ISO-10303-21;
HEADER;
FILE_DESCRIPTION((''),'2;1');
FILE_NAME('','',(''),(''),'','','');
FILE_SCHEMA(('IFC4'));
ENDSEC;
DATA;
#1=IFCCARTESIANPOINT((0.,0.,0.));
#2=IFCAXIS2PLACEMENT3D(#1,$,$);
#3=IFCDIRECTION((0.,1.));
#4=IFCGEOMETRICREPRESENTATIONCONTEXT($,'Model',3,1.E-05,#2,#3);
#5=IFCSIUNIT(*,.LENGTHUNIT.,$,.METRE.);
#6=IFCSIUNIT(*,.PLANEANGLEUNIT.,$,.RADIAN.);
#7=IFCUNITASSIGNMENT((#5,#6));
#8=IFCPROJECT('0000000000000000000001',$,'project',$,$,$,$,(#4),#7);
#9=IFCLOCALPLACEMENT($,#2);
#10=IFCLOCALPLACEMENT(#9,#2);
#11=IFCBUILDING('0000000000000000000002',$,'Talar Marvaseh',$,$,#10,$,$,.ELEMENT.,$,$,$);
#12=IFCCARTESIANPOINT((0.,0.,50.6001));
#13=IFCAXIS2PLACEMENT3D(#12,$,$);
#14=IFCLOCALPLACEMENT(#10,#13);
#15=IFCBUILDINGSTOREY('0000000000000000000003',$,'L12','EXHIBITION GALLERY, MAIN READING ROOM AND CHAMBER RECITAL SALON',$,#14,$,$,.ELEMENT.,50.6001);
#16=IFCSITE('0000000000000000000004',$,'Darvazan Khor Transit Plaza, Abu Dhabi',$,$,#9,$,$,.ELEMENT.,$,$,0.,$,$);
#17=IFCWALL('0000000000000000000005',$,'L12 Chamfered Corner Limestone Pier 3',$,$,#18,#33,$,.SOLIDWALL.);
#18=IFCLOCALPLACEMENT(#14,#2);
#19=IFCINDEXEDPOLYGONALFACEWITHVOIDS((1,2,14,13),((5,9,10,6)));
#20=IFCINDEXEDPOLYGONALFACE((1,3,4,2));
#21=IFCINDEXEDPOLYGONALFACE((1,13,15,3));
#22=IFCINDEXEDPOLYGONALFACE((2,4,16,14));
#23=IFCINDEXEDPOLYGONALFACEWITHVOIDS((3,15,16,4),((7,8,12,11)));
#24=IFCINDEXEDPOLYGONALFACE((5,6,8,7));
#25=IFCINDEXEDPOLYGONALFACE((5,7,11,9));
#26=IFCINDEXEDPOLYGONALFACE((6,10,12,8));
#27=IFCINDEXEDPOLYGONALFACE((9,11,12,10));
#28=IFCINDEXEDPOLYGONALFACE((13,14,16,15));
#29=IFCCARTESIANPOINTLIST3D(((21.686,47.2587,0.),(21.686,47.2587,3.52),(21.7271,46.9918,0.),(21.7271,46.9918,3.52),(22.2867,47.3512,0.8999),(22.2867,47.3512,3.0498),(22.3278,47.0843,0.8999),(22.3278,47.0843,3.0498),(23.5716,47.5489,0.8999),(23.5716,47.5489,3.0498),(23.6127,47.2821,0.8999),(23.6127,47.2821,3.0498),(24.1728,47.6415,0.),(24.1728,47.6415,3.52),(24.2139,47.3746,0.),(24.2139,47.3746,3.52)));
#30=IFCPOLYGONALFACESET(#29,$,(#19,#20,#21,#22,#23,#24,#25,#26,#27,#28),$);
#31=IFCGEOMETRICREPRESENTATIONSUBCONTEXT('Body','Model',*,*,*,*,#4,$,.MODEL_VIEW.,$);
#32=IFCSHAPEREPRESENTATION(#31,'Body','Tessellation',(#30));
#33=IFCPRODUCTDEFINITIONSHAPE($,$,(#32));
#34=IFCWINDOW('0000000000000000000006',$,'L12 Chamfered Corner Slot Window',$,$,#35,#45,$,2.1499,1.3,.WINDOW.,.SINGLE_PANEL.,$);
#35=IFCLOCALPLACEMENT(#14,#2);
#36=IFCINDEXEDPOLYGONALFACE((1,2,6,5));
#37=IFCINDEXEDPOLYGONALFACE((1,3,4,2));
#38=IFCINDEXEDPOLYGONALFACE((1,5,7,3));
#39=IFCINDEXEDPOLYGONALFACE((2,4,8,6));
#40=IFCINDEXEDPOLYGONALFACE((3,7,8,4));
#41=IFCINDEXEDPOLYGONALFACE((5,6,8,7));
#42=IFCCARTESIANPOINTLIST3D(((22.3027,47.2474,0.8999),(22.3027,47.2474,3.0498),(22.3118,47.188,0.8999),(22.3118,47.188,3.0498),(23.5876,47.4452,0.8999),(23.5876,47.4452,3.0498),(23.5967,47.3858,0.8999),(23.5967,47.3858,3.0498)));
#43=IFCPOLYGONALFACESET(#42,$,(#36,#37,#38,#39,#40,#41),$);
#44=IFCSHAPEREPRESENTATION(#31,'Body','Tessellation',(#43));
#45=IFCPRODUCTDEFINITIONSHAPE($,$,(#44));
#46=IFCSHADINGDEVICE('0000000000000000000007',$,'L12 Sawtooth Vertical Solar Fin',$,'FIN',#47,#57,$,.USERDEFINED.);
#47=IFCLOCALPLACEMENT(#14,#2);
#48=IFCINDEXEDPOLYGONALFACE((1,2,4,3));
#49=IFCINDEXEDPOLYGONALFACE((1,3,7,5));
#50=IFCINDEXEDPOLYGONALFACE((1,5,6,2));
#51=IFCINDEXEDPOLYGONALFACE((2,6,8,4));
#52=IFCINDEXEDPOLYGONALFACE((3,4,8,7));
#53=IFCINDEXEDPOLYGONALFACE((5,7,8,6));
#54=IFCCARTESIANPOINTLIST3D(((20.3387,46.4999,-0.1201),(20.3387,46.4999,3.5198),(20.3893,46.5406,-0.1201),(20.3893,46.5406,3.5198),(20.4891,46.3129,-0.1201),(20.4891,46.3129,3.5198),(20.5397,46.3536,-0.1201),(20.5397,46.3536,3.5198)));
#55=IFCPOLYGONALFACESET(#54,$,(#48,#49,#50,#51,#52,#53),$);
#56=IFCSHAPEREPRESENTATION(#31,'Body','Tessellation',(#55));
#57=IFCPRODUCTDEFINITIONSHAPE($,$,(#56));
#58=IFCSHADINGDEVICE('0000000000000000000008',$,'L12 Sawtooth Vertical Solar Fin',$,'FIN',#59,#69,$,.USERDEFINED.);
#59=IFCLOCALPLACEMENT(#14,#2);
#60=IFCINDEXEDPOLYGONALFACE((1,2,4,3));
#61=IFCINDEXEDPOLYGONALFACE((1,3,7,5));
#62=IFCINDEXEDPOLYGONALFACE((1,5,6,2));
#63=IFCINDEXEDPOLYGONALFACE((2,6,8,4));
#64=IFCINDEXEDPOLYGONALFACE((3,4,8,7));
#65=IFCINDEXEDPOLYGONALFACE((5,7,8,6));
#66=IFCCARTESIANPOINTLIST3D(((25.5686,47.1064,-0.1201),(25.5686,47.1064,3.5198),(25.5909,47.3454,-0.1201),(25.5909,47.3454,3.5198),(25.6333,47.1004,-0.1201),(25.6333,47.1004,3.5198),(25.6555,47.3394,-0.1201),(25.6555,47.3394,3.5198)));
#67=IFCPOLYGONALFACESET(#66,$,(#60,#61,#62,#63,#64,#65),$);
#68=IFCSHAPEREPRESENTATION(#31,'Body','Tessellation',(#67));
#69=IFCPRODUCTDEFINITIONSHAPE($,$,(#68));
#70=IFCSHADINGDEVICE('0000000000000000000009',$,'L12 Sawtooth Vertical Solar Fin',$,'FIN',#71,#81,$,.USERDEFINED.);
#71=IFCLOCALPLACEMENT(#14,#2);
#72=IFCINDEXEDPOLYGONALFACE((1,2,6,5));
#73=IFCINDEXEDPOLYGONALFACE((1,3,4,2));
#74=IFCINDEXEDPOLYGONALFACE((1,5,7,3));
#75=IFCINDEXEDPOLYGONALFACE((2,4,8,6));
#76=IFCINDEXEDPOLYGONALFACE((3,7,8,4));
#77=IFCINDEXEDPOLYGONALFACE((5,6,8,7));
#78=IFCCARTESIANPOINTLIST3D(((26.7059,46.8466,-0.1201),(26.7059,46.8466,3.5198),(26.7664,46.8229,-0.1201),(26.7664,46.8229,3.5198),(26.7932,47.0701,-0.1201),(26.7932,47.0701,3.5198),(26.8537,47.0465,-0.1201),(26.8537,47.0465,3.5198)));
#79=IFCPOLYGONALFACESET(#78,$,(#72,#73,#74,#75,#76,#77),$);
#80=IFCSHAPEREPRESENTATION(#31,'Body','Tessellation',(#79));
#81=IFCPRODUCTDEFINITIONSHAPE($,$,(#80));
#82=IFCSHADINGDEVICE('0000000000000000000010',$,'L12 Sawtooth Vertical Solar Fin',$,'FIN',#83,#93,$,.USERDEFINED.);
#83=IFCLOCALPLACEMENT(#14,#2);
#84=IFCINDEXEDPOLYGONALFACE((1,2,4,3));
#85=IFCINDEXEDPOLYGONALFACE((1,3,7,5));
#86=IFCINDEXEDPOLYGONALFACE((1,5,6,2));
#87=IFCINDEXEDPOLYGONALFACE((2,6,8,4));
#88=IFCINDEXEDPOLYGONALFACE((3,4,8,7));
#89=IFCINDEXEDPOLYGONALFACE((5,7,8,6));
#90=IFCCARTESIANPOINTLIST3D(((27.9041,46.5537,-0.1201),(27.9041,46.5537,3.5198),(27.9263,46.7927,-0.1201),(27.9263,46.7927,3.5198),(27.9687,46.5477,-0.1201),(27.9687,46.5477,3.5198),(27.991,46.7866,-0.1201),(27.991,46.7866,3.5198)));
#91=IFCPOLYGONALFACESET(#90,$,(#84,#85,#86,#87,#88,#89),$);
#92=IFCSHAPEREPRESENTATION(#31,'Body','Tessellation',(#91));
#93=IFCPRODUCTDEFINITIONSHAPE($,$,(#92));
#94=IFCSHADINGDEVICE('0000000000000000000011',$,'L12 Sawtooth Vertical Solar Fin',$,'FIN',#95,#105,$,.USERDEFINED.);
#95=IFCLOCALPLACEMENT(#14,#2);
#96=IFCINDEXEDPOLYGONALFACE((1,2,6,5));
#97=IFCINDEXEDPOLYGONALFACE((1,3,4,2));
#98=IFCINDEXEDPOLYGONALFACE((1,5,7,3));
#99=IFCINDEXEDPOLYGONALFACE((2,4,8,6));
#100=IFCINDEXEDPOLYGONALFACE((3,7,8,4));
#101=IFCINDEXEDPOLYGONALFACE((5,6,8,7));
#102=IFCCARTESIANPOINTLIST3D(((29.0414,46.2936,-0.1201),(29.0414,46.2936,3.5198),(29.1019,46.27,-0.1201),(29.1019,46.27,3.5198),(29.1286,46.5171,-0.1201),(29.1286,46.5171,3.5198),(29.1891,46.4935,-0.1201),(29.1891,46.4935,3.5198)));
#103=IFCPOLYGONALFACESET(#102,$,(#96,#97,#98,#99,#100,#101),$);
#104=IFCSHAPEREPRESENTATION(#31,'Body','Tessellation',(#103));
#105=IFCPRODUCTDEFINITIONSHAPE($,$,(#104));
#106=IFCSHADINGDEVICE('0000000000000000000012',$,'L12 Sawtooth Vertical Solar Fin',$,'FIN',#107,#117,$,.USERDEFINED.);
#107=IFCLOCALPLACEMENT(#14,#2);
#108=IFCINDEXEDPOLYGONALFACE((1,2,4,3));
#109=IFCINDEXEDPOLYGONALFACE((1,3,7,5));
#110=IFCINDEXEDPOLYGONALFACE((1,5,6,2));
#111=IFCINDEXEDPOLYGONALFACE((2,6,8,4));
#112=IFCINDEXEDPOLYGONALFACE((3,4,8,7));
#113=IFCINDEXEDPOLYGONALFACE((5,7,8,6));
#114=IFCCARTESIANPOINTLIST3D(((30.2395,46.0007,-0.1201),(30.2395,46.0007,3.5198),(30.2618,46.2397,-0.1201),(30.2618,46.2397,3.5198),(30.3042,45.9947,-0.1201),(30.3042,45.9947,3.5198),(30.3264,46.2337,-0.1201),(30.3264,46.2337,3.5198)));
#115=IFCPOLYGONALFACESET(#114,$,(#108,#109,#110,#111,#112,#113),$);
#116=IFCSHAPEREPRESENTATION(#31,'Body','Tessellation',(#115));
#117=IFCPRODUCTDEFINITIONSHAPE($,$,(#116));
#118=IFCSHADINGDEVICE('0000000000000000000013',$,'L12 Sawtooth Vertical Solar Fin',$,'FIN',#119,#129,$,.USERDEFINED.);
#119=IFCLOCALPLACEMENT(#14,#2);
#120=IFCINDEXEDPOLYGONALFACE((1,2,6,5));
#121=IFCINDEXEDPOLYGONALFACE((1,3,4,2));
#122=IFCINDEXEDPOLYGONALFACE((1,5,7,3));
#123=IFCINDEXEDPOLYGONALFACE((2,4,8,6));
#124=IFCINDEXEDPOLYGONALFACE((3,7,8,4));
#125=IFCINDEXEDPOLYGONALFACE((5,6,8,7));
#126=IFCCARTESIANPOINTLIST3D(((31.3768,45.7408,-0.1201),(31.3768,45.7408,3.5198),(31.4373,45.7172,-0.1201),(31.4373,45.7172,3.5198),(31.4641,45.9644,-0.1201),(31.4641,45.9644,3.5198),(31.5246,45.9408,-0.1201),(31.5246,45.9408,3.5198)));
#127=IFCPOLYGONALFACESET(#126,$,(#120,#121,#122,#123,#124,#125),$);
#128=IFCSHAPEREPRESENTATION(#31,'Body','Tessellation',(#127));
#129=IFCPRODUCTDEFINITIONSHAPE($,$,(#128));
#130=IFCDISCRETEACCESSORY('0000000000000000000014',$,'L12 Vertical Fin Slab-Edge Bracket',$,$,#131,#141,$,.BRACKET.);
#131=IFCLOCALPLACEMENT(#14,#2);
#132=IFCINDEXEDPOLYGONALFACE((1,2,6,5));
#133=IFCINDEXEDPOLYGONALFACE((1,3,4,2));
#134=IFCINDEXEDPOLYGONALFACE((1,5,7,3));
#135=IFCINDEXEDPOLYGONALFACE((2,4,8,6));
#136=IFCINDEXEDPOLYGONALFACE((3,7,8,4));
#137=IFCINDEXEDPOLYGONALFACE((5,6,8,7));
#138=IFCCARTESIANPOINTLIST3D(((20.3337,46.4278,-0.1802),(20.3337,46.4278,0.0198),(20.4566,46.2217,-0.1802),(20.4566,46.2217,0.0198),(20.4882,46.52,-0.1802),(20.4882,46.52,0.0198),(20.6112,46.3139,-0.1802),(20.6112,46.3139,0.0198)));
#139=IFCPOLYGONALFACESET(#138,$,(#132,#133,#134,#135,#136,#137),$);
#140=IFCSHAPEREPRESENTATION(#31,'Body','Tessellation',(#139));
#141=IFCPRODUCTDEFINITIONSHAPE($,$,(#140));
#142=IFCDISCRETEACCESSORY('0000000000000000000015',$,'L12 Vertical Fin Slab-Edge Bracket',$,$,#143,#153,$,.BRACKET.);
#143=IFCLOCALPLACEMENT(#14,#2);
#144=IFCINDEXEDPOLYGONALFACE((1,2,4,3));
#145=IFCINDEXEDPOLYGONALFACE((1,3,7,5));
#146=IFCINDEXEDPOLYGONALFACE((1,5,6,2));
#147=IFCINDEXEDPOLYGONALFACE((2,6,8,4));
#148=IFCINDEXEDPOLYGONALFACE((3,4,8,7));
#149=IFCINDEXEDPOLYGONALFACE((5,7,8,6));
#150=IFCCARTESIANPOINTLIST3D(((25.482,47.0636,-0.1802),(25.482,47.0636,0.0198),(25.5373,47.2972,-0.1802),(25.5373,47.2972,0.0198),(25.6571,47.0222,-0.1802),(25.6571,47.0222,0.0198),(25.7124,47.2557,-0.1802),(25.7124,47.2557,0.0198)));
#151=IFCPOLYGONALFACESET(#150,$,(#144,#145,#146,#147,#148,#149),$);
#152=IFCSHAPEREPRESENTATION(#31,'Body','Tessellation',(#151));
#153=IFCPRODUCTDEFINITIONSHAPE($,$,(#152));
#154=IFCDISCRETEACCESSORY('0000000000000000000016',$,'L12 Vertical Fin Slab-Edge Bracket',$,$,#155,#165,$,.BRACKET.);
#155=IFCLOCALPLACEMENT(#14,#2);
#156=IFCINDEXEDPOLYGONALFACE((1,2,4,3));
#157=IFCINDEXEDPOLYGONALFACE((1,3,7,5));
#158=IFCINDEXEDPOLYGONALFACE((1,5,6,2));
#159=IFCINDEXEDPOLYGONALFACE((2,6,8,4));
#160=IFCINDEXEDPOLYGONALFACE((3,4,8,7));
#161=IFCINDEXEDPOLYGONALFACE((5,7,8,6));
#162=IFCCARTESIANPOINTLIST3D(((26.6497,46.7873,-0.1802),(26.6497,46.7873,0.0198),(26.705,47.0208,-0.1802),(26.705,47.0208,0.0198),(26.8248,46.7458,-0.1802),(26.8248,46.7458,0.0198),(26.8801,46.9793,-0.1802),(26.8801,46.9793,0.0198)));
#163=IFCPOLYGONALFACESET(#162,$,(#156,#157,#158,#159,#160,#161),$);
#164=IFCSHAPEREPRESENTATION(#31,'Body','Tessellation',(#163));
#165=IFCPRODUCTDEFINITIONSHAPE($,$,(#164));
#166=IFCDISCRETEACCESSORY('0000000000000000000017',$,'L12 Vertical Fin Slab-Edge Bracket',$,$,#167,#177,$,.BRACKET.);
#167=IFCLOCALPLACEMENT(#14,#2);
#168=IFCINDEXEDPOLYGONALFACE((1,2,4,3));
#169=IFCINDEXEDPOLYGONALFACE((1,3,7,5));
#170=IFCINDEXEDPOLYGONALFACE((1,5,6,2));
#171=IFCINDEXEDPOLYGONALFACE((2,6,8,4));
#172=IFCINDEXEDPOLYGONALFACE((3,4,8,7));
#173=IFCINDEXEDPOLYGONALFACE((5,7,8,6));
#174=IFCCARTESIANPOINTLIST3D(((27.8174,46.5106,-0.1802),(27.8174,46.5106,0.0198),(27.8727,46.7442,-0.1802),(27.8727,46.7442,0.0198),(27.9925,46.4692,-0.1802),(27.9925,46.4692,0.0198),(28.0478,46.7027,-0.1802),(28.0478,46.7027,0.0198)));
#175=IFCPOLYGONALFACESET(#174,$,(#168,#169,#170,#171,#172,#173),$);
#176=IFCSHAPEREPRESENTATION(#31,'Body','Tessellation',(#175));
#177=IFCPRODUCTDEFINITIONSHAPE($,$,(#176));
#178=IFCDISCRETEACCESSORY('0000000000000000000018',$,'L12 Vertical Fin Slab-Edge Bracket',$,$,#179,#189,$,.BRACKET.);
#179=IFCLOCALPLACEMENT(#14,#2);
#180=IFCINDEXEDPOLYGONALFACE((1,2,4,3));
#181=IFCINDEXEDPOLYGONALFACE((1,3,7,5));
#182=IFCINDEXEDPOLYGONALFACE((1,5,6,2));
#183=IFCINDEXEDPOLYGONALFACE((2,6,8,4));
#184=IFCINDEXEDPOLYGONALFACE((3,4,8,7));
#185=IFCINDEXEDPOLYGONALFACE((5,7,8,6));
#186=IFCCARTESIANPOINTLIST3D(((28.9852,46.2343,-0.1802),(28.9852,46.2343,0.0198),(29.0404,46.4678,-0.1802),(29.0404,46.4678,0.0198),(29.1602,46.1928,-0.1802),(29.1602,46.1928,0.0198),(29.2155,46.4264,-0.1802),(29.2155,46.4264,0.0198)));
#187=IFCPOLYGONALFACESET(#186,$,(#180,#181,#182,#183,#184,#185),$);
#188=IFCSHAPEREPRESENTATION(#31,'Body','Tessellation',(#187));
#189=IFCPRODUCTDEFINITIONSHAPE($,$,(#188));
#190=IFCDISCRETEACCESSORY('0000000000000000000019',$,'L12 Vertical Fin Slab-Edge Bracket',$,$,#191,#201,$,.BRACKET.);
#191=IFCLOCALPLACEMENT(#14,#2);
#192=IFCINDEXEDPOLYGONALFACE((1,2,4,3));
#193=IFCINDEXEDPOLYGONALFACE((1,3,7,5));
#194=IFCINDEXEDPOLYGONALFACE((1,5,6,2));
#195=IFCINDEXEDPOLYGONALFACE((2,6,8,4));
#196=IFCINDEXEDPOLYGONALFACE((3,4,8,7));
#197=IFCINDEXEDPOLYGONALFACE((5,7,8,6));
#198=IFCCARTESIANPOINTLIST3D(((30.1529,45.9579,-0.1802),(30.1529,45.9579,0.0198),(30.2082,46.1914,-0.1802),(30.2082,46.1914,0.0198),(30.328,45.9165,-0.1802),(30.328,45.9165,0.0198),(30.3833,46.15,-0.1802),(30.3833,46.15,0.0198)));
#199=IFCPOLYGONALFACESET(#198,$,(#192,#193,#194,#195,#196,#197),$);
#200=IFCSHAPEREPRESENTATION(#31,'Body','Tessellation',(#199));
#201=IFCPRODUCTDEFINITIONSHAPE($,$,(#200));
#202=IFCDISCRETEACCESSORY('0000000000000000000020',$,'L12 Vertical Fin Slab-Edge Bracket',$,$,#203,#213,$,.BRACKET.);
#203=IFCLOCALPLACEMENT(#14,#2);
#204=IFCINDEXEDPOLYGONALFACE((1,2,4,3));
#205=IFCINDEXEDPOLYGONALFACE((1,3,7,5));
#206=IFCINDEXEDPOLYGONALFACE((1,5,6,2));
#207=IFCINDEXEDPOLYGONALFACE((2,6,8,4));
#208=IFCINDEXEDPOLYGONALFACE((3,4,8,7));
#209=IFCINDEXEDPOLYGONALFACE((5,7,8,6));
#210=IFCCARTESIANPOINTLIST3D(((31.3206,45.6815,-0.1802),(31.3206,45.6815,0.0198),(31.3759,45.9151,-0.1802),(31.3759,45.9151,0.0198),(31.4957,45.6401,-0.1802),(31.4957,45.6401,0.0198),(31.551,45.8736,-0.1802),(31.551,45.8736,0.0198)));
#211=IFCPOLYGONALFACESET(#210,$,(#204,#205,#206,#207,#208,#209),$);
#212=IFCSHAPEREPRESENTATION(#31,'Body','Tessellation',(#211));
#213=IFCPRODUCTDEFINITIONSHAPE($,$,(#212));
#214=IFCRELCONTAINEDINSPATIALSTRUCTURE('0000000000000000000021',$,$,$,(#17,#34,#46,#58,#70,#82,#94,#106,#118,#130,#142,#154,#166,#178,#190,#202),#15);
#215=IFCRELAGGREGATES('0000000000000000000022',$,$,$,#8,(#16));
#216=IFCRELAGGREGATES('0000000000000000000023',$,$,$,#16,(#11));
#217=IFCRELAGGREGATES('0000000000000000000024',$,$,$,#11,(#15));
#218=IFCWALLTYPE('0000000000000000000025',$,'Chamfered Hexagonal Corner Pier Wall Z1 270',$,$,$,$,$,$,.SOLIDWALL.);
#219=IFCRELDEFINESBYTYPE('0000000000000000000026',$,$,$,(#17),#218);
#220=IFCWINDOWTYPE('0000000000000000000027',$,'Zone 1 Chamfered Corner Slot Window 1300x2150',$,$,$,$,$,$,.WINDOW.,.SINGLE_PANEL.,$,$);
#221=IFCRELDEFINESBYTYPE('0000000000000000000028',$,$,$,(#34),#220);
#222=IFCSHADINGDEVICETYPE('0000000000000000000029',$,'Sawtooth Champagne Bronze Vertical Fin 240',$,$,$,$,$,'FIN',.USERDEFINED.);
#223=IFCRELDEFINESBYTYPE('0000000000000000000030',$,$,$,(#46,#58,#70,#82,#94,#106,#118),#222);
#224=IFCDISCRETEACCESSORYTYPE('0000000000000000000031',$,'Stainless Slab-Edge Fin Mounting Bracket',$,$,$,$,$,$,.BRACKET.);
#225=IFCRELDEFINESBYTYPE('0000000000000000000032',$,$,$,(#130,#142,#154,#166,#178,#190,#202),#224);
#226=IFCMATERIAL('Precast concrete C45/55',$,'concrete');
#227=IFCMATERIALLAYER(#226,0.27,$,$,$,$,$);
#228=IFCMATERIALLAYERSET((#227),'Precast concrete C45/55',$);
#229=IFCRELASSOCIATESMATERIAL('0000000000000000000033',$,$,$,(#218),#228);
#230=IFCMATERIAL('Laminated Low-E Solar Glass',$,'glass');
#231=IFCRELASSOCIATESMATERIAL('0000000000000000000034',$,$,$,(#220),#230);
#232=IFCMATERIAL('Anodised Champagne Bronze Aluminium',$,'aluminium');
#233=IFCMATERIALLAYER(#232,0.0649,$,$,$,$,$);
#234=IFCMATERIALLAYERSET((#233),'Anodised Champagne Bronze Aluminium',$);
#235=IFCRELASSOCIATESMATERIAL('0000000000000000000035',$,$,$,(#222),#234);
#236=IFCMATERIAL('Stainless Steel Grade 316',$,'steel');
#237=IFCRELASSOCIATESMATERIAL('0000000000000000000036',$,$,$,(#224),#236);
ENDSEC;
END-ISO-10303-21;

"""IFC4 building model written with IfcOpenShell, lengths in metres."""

from ifc_helpers import new_model, si_unit, direction, frame, frame_2d, origin, origin_2d, place, context, subcontext, project, spatial, rectangle, extrude, source, transform, mapped, material, layer, layer_set, type_object, type_shapes, element, fill, save


model = new_model("IFC4")

# Units and contexts
model_context = context("Model", 3, precision=1e-05, world=origin(), true_north=direction((0.0, 1.0)))
body_context = subcontext(model_context, "Body", "Model", "MODEL_VIEW")
ifc_project = project(units=[si_unit("LENGTHUNIT", "METRE"), si_unit("PLANEANGLEUNIT", "RADIAN")], contexts=[model_context])

# Site, building, storey
site_placement = place(None, origin())
site = spatial("IfcSite", under=ifc_project, at=site_placement, Name="Darvazan Khor Transit Plaza, Abu Dhabi", CompositionType="ELEMENT", RefElevation=0.0)
building_placement = place(site_placement, origin())
building = spatial("IfcBuilding", under=site, at=building_placement, Name="Talar Marvaseh", CompositionType="ELEMENT")
storey_placement = place(building_placement, frame((0.0, 0.0, 50.6001)))
storey = spatial("IfcBuildingStorey", under=building, at=storey_placement, Name="L12", Description="EXHIBITION GALLERY, MAIN READING ROOM AND CHAMBER RECITAL SALON", CompositionType="ELEMENT", Elevation=50.6001)

# Shared definitions
ifc_material_1 = material(Name="Laminated Low-E Solar Glass", Category="glass")

# Wall, opening, window
ifc_material_2 = material(Name="Precast concrete C45/55", Category="concrete")
ifc_layer_1 = layer(ifc_material_2, 0.27)
ifc_layer_set_1 = layer_set([ifc_layer_1], Name="Precast concrete C45/55")
wall_type = type_object("IfcWallType", Name="Chamfered Hexagonal Corner Pier Wall Z1 270", PredefinedType="SOLIDWALL", material=ifc_layer_set_1)
wall_placement = place(storey_placement, frame((21.7065, 47.1252, 0.0), z_axis=(0.0, 0.0, 1.0), x_axis=(0.988358, 0.152145, 0.0)))
wall = element("IfcWall", 1, at=wall_placement, inside=storey, type_object=wall_type, Name="L12 Chamfered Corner Limestone Pier 3", PredefinedType="SOLIDWALL", context=body_context, shape_type="SweptSolid", body=[
    extrude(rectangle(XDim=2.5161, YDim=0.27, at=frame_2d((1.2581, 0.0))), origin(), (0.0, 0.0, 1.0), 3.52),
])
opening_placement = place(wall_placement, frame((0.6079, 0.0, 0.8999)))
opening = element("IfcOpeningElement", 2, at=opening_placement, cuts=wall, PredefinedType="OPENING", context=body_context, shape_type="SweptSolid", body=[
    extrude(rectangle(XDim=1.3, YDim=2.1499, at=frame_2d((0.6499, 1.075))), frame((0.0, 0.145, 0.0), z_axis=(0.0, -1.0, 0.0), x_axis=(1.0, 0.0, 0.0)), (0.0, 0.0, 1.0), 0.29),
])
window_type = type_object("IfcWindowType", Name="Zone 1 Chamfered Corner Slot Window 1300x2150", PartitioningType="SINGLE_PANEL", PredefinedType="WINDOW", material=ifc_material_1)
shared_shape_1 = source(origin(), body_context, "Body", "SweptSolid", [
    extrude(rectangle(XDim=1.3, YDim=2.1499, at=frame_2d((0.6499, 1.075))), frame((0.0, 0.03, 0.0), z_axis=(0.0, -1.0, 0.0), x_axis=(1.0, 0.0, 0.0)), (0.0, 0.0, 1.0), 0.0601),
])
type_shapes(window_type, [shared_shape_1])
window_placement = place(opening_placement, origin())
window = element("IfcWindow", 3, at=window_placement, inside=storey, type_object=window_type, Name="L12 Chamfered Corner Slot Window", OverallHeight=2.1499, OverallWidth=1.3, PartitioningType="SINGLE_PANEL", PredefinedType="WINDOW", context=body_context, shape_type="MappedRepresentation", body=[
    mapped(shared_shape_1, transform((0.0, 0.0, 0.0), x_axis=(1.0, 0.0, 0.0), y_axis=(0.0, 1.0, 0.0), z_axis=(0.0, 0.0, 1.0), scale=1.0)),
])
fill(opening, window)

# Shading devices
ifc_material_3 = material(Name="Anodised Champagne Bronze Aluminium", Category="aluminium")
ifc_layer_2 = layer(ifc_material_3, 0.0649)
ifc_layer_set_2 = layer_set([ifc_layer_2], Name="Anodised Champagne Bronze Aluminium")
shading_device_type = type_object("IfcShadingDeviceType", Name="Sawtooth Champagne Bronze Vertical Fin 240", ElementType="FIN", PredefinedType="USERDEFINED", material=ifc_layer_set_2)
shared_shape_2 = source(origin(), body_context, "Body", "SweptSolid", [
    extrude(rectangle(XDim=0.24, YDim=0.0649, at=origin_2d()), origin(), (0.0, 0.0, 1.0), 3.6399),
])
type_shapes(shading_device_type, [shared_shape_2])
for number, where, z_axis, x_axis, name in (
    (4, (20.4392, 46.4268, -0.1201), (0.0, 0.0, 1.0), (-0.626876, 0.779119, 0.0), "L12 Sawtooth Vertical Solar Fin"),
    (5, (25.6121, 47.2229, -0.1201), (0.0, 0.0, 1.0), (0.092718, 0.995692, 0.0), "L12 Sawtooth Vertical Solar Fin"),
    (6, (26.7798, 46.9465, -0.1201), (0.0, 0.0, 1.0), (0.363576, 0.931564, 0.0), "L12 Sawtooth Vertical Solar Fin"),
    (7, (27.9475, 46.6702, -0.1201), (0.0, 0.0, 1.0), (0.092718, 0.995692, 0.0), "L12 Sawtooth Vertical Solar Fin"),
    (8, (29.1152, 46.3936, -0.1201), (0.0, 0.0, 1.0), (0.363576, 0.931564, 0.0), "L12 Sawtooth Vertical Solar Fin"),
    (9, (30.283, 46.1172, -0.1201), (0.0, 0.0, 1.0), (0.092718, 0.995692, 0.0), "L12 Sawtooth Vertical Solar Fin"),
    (10, (31.4507, 45.8408, -0.1201), (0.0, 0.0, 1.0), (0.363576, 0.931564, 0.0), "L12 Sawtooth Vertical Solar Fin"),
):
    element("IfcShadingDevice", number, at=place(storey_placement, frame(where, z_axis=z_axis, x_axis=x_axis)), inside=storey, type_object=shading_device_type, Name=name, ObjectType="FIN", PredefinedType="USERDEFINED", context=body_context, shape_type="MappedRepresentation", body=[
        mapped(shared_shape_2, transform((0.0, 0.0, 0.0), x_axis=(1.0, 0.0, 0.0), y_axis=(0.0, 1.0, 0.0), z_axis=(0.0, 0.0, 1.0), scale=1.0)),
    ])

# Discrete accessories
ifc_material_4 = material(Name="Stainless Steel Grade 316", Category="steel")
discrete_accessory_type = type_object("IfcDiscreteAccessoryType", Name="Stainless Slab-Edge Fin Mounting Bracket", PredefinedType="BRACKET", material=ifc_material_4)
shared_shape_3 = source(origin(), body_context, "Body", "SweptSolid", [
    extrude(rectangle(XDim=0.24, YDim=0.1799, at=origin_2d()), origin(), (0.0, 0.0, 1.0), 0.2),
])
type_shapes(discrete_accessory_type, [shared_shape_3])
for number, where, z_axis, x_axis, name in (
    (11, (20.4724, 46.3708, -0.1802), (0.0, 0.0, 1.0), (-0.512343, 0.858781, 0.0), "L12 Vertical Fin Slab-Edge Bracket"),
    (12, (25.5972, 47.1597, -0.1802), (0.0, 0.0, 1.0), (0.230389, 0.973099, 0.0), "L12 Vertical Fin Slab-Edge Bracket"),
    (13, (26.7649, 46.8833, -0.1802), (0.0, 0.0, 1.0), (0.230389, 0.973099, 0.0), "L12 Vertical Fin Slab-Edge Bracket"),
    (14, (27.9326, 46.6067, -0.1802), (0.0, 0.0, 1.0), (0.230389, 0.973099, 0.0), "L12 Vertical Fin Slab-Edge Bracket"),
    (15, (29.1003, 46.3303, -0.1802), (0.0, 0.0, 1.0), (0.230389, 0.973099, 0.0), "L12 Vertical Fin Slab-Edge Bracket"),
    (16, (30.2681, 46.054, -0.1802), (0.0, 0.0, 1.0), (0.230389, 0.973099, 0.0), "L12 Vertical Fin Slab-Edge Bracket"),
    (17, (31.4358, 45.7776, -0.1802), (0.0, 0.0, 1.0), (0.230389, 0.973099, 0.0), "L12 Vertical Fin Slab-Edge Bracket"),
):
    element("IfcDiscreteAccessory", number, at=place(storey_placement, frame(where, z_axis=z_axis, x_axis=x_axis)), inside=storey, type_object=discrete_accessory_type, Name=name, PredefinedType="BRACKET", context=body_context, shape_type="MappedRepresentation", body=[
        mapped(shared_shape_3, transform((0.0, 0.0, 0.0), x_axis=(1.0, 0.0, 0.0), y_axis=(0.0, 1.0, 0.0), z_axis=(0.0, 0.0, 1.0), scale=1.0)),
    ])

save(model, "model.ifc")
